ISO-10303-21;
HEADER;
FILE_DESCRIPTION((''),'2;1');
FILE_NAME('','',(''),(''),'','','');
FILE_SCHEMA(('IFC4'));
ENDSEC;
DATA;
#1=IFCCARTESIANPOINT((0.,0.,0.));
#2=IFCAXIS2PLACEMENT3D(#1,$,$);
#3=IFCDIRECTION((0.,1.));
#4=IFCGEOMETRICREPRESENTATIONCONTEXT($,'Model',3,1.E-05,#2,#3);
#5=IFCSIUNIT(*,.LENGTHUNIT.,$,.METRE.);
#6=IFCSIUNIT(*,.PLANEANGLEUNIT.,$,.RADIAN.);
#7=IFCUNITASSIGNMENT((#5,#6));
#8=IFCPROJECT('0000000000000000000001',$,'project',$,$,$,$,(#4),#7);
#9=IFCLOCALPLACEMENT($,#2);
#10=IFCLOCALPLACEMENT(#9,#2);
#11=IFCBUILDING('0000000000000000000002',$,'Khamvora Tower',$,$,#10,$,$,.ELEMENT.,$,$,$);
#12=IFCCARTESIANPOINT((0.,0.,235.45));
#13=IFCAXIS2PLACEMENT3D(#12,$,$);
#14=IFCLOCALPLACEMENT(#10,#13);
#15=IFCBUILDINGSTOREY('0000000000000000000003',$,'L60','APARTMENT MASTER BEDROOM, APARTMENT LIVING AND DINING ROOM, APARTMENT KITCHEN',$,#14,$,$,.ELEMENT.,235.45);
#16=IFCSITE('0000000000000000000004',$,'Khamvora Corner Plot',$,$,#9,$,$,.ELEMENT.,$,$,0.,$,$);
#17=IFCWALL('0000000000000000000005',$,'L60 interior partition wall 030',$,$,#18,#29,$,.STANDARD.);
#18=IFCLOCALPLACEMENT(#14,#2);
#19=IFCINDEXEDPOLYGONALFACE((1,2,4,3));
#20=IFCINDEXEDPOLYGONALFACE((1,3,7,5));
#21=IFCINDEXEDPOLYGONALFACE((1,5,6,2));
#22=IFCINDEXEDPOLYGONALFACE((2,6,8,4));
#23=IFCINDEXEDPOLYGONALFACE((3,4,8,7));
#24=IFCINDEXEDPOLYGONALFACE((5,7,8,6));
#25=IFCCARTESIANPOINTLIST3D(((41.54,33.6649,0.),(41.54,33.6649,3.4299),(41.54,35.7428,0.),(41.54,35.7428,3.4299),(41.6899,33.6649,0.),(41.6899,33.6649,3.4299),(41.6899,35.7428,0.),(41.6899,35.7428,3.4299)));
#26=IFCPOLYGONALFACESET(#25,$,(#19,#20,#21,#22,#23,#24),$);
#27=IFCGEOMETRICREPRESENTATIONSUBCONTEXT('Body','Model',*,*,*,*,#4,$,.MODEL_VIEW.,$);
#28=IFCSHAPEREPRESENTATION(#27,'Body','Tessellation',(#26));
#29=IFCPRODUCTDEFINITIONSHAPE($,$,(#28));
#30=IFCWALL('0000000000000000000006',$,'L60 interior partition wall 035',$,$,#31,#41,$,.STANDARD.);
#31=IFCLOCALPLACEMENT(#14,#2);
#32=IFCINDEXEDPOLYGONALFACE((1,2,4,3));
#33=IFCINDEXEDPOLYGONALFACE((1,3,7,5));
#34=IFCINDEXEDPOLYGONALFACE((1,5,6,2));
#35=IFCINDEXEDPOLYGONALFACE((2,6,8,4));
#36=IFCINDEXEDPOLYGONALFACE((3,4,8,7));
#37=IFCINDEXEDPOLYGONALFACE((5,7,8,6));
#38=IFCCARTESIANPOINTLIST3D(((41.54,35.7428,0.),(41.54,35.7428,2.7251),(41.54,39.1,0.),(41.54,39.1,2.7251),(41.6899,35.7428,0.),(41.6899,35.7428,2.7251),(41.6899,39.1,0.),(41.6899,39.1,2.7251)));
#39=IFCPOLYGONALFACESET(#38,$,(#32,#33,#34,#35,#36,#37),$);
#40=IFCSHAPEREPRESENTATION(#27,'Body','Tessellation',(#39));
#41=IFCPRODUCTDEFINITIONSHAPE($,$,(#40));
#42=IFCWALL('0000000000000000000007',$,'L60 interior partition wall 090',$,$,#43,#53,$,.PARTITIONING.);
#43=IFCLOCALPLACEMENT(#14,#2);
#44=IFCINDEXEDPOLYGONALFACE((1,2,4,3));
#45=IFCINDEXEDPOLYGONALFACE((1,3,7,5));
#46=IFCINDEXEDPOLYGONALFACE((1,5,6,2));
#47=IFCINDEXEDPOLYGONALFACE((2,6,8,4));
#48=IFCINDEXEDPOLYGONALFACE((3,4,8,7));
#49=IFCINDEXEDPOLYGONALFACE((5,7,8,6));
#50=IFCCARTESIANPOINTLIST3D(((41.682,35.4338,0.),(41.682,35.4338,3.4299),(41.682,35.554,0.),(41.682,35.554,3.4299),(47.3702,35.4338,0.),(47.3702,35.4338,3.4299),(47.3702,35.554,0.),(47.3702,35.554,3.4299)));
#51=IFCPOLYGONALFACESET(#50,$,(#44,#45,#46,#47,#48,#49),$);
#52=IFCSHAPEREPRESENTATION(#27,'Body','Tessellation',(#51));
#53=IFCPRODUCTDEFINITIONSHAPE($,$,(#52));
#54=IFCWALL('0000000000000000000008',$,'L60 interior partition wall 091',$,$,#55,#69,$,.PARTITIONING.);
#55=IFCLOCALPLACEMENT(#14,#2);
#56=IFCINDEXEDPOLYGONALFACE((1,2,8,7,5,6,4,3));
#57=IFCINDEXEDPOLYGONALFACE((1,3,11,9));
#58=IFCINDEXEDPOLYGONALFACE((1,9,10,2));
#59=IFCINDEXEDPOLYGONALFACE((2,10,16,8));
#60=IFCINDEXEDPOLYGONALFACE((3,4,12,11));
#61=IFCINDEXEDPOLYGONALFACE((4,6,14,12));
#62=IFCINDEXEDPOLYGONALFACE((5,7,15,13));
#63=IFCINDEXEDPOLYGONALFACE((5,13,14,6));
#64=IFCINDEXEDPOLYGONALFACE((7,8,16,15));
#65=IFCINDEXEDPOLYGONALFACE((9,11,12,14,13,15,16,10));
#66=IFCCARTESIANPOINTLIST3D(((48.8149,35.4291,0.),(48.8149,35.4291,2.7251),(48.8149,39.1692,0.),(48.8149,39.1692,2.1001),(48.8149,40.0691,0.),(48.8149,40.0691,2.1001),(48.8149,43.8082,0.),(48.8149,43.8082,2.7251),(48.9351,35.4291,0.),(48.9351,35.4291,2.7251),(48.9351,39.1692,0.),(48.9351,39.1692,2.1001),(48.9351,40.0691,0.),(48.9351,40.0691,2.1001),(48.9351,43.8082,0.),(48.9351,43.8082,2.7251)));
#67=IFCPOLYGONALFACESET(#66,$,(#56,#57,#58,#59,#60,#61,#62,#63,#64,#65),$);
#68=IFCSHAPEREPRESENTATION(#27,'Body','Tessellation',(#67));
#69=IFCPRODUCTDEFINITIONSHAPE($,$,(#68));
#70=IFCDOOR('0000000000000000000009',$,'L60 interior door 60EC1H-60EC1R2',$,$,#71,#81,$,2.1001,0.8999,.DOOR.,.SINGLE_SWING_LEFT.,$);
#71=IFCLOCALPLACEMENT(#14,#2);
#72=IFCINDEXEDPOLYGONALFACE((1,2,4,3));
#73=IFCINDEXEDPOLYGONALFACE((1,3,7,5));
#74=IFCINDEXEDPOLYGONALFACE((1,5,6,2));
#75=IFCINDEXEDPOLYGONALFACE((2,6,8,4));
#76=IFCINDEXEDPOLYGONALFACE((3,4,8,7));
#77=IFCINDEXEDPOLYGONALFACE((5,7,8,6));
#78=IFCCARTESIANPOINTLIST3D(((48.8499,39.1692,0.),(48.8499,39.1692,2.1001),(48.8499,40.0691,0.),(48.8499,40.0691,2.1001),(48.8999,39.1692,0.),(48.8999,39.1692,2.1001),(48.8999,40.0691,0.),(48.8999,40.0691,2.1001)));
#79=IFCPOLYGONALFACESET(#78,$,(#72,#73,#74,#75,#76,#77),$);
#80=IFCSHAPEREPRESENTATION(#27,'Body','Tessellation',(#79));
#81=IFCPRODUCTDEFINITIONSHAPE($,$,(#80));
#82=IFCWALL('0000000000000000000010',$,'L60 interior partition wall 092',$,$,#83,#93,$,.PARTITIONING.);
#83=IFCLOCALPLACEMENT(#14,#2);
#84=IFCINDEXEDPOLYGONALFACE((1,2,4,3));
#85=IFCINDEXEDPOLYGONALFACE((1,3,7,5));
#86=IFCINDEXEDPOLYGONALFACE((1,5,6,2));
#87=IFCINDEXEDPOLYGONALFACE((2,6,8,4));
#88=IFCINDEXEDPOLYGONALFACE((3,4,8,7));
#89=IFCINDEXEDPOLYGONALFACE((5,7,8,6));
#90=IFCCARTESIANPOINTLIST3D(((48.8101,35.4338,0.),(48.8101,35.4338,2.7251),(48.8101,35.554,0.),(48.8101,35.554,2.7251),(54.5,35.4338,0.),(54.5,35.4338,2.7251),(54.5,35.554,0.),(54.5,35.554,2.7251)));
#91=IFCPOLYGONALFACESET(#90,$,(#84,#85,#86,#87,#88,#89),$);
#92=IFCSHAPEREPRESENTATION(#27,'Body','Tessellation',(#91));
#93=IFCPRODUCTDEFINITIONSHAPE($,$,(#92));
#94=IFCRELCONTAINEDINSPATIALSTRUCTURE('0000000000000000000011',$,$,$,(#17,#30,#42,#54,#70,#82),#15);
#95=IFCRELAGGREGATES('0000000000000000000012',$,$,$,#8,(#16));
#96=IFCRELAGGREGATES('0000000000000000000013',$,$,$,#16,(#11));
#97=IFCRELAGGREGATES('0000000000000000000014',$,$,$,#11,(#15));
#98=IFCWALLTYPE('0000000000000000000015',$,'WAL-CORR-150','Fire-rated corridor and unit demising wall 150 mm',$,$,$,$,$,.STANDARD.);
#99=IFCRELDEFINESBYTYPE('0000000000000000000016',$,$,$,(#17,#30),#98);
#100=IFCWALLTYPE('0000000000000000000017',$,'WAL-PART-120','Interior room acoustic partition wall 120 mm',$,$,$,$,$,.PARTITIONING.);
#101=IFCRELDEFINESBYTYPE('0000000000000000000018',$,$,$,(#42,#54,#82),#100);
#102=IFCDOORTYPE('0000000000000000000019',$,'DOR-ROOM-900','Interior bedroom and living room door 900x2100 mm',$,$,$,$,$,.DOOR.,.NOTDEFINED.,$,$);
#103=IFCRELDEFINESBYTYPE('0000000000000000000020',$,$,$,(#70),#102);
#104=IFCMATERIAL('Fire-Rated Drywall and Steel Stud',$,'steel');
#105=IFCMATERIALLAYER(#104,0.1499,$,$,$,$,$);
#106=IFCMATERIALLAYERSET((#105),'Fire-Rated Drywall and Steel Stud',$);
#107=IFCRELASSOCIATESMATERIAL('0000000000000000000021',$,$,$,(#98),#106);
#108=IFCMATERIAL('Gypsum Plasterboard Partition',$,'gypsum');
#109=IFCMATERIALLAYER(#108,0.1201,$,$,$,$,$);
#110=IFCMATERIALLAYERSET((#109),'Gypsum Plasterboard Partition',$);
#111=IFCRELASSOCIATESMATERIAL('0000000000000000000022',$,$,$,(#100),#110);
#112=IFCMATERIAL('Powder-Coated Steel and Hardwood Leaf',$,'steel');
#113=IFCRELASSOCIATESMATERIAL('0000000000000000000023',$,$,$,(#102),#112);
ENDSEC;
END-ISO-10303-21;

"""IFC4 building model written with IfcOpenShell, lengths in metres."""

from ifc_helpers import new_model, si_unit, direction, frame, frame_2d, origin, place, context, subcontext, project, spatial, rectangle, extrude, material, layer, layer_set, type_object, element, fill, save


model = new_model("IFC4")

# Units and contexts
model_context = context("Model", 3, precision=1e-05, world=origin(), true_north=direction((0.0, 1.0)))
body_context = subcontext(model_context, "Body", "Model", "MODEL_VIEW")
ifc_project = project(units=[si_unit("LENGTHUNIT", "METRE"), si_unit("PLANEANGLEUNIT", "RADIAN")], contexts=[model_context])

# Site, building, storey
site_placement = place(None, origin())
site = spatial("IfcSite", under=ifc_project, at=site_placement, Name="Khamvora Corner Plot", CompositionType="ELEMENT", RefElevation=0.0)
building_placement = place(site_placement, origin())
building = spatial("IfcBuilding", under=site, at=building_placement, Name="Khamvora Tower", CompositionType="ELEMENT")
storey_placement = place(building_placement, frame((0.0, 0.0, 235.45)))
storey = spatial("IfcBuildingStorey", under=building, at=storey_placement, Name="L60", Description="APARTMENT MASTER BEDROOM, APARTMENT LIVING AND DINING ROOM, APARTMENT KITCHEN", CompositionType="ELEMENT", Elevation=235.45)

# Walls
ifc_material_1 = material(Name="Fire-Rated Drywall and Steel Stud", Category="steel")
ifc_layer_1 = layer(ifc_material_1, 0.1499)
ifc_layer_set_1 = layer_set([ifc_layer_1], Name="Fire-Rated Drywall and Steel Stud")
wall_type_1 = type_object("IfcWallType", Name="WAL-CORR-150", Description="Fire-rated corridor and unit demising wall 150 mm", PredefinedType="STANDARD", material=ifc_layer_set_1)
wall_1_placement = place(storey_placement, frame((41.615, 35.7429, 0.0), z_axis=(0.0, 0.0, 1.0), x_axis=(0.0, -1.0, 0.0)))
element("IfcWall", 1, at=wall_1_placement, inside=storey, type_object=wall_type_1, Name="L60 interior partition wall 030", PredefinedType="STANDARD", context=body_context, shape_type="SweptSolid", body=[
    extrude(rectangle(XDim=2.0779, YDim=0.1499, at=frame_2d((1.0391, 0.0))), origin(), (0.0, 0.0, 1.0), 3.4299),
])
wall_2_placement = place(storey_placement, frame((41.615, 39.1001, 0.0), z_axis=(0.0, 0.0, 1.0), x_axis=(0.0, -1.0, 0.0)))
element("IfcWall", 2, at=wall_2_placement, inside=storey, type_object=wall_type_1, Name="L60 interior partition wall 035", PredefinedType="STANDARD", context=body_context, shape_type="SweptSolid", body=[
    extrude(rectangle(XDim=3.3572, YDim=0.1499, at=frame_2d((1.6787, 0.0))), origin(), (0.0, 0.0, 1.0), 2.7251),
])
ifc_material_2 = material(Name="Gypsum Plasterboard Partition", Category="gypsum")
ifc_layer_2 = layer(ifc_material_2, 0.1201)
ifc_layer_set_2 = layer_set([ifc_layer_2], Name="Gypsum Plasterboard Partition")
wall_type_2 = type_object("IfcWallType", Name="WAL-PART-120", Description="Interior room acoustic partition wall 120 mm", PredefinedType="PARTITIONING", material=ifc_layer_set_2)
wall_3_placement = place(storey_placement, frame((41.6819, 35.4939, 0.0), z_axis=(0.0, 0.0, 1.0), x_axis=(1.0, 0.0, 0.0)))
element("IfcWall", 3, at=wall_3_placement, inside=storey, type_object=wall_type_2, Name="L60 interior partition wall 090", PredefinedType="PARTITIONING", context=body_context, shape_type="SweptSolid", body=[
    extrude(rectangle(XDim=5.6882, YDim=0.1201, at=frame_2d((2.8442, 0.0))), origin(), (0.0, 0.0, 1.0), 3.4299),
])

# Wall, opening, door
wall_4_placement = place(storey_placement, frame((48.875, 43.8081, 0.0), z_axis=(0.0, 0.0, 1.0), x_axis=(0.0, -1.0, 0.0)))
wall_4 = element("IfcWall", 4, at=wall_4_placement, inside=storey, type_object=wall_type_2, Name="L60 interior partition wall 091", PredefinedType="PARTITIONING", context=body_context, shape_type="SweptSolid", body=[
    extrude(rectangle(XDim=8.3792, YDim=0.1201, at=frame_2d((4.1895, 0.0))), origin(), (0.0, 0.0, 1.0), 2.7251),
])
opening_placement = place(wall_4_placement, frame((3.739, 0.0, 0.0)))
opening = element("IfcOpeningElement", 5, at=opening_placement, cuts=wall_4, PredefinedType="OPENING", context=body_context, shape_type="SweptSolid", body=[
    extrude(rectangle(XDim=0.8999, YDim=2.1001, at=frame_2d((0.45, 1.05))), frame((0.0, 0.0701, 0.0), z_axis=(0.0, -1.0, 0.0), x_axis=(1.0, 0.0, 0.0)), (0.0, 0.0, 1.0), 0.1401),
])
ifc_material_3 = material(Name="Powder-Coated Steel and Hardwood Leaf", Category="steel")
door_type = type_object("IfcDoorType", Name="DOR-ROOM-900", Description="Interior bedroom and living room door 900x2100 mm", OperationType="NOTDEFINED", PredefinedType="DOOR", material=ifc_material_3)
door_placement = place(opening_placement, origin())
door = element("IfcDoor", 6, at=door_placement, inside=storey, type_object=door_type, Name="L60 interior door 60EC1H-60EC1R2", OperationType="SINGLE_SWING_LEFT", OverallHeight=2.1001, OverallWidth=0.8999, PredefinedType="DOOR", context=body_context, shape_type="SweptSolid", body=[
    extrude(rectangle(XDim=0.8999, YDim=2.1001, at=frame_2d((0.45, 1.05))), frame((0.0, 0.0249, 0.0), z_axis=(0.0, -1.0, 0.0), x_axis=(1.0, 0.0, 0.0)), (0.0, 0.0, 1.0), 0.05),
])
fill(opening, door)

# Wall
wall_5_placement = place(storey_placement, frame((48.8101, 35.4939, 0.0), z_axis=(0.0, 0.0, 1.0), x_axis=(1.0, 0.0, 0.0)))
element("IfcWall", 7, at=wall_5_placement, inside=storey, type_object=wall_type_2, Name="L60 interior partition wall 092", PredefinedType="PARTITIONING", context=body_context, shape_type="SweptSolid", body=[
    extrude(rectangle(XDim=5.6899, YDim=0.1201, at=frame_2d((2.845, 0.0))), origin(), (0.0, 0.0, 1.0), 2.7251),
])

save(model, "model.ifc")
